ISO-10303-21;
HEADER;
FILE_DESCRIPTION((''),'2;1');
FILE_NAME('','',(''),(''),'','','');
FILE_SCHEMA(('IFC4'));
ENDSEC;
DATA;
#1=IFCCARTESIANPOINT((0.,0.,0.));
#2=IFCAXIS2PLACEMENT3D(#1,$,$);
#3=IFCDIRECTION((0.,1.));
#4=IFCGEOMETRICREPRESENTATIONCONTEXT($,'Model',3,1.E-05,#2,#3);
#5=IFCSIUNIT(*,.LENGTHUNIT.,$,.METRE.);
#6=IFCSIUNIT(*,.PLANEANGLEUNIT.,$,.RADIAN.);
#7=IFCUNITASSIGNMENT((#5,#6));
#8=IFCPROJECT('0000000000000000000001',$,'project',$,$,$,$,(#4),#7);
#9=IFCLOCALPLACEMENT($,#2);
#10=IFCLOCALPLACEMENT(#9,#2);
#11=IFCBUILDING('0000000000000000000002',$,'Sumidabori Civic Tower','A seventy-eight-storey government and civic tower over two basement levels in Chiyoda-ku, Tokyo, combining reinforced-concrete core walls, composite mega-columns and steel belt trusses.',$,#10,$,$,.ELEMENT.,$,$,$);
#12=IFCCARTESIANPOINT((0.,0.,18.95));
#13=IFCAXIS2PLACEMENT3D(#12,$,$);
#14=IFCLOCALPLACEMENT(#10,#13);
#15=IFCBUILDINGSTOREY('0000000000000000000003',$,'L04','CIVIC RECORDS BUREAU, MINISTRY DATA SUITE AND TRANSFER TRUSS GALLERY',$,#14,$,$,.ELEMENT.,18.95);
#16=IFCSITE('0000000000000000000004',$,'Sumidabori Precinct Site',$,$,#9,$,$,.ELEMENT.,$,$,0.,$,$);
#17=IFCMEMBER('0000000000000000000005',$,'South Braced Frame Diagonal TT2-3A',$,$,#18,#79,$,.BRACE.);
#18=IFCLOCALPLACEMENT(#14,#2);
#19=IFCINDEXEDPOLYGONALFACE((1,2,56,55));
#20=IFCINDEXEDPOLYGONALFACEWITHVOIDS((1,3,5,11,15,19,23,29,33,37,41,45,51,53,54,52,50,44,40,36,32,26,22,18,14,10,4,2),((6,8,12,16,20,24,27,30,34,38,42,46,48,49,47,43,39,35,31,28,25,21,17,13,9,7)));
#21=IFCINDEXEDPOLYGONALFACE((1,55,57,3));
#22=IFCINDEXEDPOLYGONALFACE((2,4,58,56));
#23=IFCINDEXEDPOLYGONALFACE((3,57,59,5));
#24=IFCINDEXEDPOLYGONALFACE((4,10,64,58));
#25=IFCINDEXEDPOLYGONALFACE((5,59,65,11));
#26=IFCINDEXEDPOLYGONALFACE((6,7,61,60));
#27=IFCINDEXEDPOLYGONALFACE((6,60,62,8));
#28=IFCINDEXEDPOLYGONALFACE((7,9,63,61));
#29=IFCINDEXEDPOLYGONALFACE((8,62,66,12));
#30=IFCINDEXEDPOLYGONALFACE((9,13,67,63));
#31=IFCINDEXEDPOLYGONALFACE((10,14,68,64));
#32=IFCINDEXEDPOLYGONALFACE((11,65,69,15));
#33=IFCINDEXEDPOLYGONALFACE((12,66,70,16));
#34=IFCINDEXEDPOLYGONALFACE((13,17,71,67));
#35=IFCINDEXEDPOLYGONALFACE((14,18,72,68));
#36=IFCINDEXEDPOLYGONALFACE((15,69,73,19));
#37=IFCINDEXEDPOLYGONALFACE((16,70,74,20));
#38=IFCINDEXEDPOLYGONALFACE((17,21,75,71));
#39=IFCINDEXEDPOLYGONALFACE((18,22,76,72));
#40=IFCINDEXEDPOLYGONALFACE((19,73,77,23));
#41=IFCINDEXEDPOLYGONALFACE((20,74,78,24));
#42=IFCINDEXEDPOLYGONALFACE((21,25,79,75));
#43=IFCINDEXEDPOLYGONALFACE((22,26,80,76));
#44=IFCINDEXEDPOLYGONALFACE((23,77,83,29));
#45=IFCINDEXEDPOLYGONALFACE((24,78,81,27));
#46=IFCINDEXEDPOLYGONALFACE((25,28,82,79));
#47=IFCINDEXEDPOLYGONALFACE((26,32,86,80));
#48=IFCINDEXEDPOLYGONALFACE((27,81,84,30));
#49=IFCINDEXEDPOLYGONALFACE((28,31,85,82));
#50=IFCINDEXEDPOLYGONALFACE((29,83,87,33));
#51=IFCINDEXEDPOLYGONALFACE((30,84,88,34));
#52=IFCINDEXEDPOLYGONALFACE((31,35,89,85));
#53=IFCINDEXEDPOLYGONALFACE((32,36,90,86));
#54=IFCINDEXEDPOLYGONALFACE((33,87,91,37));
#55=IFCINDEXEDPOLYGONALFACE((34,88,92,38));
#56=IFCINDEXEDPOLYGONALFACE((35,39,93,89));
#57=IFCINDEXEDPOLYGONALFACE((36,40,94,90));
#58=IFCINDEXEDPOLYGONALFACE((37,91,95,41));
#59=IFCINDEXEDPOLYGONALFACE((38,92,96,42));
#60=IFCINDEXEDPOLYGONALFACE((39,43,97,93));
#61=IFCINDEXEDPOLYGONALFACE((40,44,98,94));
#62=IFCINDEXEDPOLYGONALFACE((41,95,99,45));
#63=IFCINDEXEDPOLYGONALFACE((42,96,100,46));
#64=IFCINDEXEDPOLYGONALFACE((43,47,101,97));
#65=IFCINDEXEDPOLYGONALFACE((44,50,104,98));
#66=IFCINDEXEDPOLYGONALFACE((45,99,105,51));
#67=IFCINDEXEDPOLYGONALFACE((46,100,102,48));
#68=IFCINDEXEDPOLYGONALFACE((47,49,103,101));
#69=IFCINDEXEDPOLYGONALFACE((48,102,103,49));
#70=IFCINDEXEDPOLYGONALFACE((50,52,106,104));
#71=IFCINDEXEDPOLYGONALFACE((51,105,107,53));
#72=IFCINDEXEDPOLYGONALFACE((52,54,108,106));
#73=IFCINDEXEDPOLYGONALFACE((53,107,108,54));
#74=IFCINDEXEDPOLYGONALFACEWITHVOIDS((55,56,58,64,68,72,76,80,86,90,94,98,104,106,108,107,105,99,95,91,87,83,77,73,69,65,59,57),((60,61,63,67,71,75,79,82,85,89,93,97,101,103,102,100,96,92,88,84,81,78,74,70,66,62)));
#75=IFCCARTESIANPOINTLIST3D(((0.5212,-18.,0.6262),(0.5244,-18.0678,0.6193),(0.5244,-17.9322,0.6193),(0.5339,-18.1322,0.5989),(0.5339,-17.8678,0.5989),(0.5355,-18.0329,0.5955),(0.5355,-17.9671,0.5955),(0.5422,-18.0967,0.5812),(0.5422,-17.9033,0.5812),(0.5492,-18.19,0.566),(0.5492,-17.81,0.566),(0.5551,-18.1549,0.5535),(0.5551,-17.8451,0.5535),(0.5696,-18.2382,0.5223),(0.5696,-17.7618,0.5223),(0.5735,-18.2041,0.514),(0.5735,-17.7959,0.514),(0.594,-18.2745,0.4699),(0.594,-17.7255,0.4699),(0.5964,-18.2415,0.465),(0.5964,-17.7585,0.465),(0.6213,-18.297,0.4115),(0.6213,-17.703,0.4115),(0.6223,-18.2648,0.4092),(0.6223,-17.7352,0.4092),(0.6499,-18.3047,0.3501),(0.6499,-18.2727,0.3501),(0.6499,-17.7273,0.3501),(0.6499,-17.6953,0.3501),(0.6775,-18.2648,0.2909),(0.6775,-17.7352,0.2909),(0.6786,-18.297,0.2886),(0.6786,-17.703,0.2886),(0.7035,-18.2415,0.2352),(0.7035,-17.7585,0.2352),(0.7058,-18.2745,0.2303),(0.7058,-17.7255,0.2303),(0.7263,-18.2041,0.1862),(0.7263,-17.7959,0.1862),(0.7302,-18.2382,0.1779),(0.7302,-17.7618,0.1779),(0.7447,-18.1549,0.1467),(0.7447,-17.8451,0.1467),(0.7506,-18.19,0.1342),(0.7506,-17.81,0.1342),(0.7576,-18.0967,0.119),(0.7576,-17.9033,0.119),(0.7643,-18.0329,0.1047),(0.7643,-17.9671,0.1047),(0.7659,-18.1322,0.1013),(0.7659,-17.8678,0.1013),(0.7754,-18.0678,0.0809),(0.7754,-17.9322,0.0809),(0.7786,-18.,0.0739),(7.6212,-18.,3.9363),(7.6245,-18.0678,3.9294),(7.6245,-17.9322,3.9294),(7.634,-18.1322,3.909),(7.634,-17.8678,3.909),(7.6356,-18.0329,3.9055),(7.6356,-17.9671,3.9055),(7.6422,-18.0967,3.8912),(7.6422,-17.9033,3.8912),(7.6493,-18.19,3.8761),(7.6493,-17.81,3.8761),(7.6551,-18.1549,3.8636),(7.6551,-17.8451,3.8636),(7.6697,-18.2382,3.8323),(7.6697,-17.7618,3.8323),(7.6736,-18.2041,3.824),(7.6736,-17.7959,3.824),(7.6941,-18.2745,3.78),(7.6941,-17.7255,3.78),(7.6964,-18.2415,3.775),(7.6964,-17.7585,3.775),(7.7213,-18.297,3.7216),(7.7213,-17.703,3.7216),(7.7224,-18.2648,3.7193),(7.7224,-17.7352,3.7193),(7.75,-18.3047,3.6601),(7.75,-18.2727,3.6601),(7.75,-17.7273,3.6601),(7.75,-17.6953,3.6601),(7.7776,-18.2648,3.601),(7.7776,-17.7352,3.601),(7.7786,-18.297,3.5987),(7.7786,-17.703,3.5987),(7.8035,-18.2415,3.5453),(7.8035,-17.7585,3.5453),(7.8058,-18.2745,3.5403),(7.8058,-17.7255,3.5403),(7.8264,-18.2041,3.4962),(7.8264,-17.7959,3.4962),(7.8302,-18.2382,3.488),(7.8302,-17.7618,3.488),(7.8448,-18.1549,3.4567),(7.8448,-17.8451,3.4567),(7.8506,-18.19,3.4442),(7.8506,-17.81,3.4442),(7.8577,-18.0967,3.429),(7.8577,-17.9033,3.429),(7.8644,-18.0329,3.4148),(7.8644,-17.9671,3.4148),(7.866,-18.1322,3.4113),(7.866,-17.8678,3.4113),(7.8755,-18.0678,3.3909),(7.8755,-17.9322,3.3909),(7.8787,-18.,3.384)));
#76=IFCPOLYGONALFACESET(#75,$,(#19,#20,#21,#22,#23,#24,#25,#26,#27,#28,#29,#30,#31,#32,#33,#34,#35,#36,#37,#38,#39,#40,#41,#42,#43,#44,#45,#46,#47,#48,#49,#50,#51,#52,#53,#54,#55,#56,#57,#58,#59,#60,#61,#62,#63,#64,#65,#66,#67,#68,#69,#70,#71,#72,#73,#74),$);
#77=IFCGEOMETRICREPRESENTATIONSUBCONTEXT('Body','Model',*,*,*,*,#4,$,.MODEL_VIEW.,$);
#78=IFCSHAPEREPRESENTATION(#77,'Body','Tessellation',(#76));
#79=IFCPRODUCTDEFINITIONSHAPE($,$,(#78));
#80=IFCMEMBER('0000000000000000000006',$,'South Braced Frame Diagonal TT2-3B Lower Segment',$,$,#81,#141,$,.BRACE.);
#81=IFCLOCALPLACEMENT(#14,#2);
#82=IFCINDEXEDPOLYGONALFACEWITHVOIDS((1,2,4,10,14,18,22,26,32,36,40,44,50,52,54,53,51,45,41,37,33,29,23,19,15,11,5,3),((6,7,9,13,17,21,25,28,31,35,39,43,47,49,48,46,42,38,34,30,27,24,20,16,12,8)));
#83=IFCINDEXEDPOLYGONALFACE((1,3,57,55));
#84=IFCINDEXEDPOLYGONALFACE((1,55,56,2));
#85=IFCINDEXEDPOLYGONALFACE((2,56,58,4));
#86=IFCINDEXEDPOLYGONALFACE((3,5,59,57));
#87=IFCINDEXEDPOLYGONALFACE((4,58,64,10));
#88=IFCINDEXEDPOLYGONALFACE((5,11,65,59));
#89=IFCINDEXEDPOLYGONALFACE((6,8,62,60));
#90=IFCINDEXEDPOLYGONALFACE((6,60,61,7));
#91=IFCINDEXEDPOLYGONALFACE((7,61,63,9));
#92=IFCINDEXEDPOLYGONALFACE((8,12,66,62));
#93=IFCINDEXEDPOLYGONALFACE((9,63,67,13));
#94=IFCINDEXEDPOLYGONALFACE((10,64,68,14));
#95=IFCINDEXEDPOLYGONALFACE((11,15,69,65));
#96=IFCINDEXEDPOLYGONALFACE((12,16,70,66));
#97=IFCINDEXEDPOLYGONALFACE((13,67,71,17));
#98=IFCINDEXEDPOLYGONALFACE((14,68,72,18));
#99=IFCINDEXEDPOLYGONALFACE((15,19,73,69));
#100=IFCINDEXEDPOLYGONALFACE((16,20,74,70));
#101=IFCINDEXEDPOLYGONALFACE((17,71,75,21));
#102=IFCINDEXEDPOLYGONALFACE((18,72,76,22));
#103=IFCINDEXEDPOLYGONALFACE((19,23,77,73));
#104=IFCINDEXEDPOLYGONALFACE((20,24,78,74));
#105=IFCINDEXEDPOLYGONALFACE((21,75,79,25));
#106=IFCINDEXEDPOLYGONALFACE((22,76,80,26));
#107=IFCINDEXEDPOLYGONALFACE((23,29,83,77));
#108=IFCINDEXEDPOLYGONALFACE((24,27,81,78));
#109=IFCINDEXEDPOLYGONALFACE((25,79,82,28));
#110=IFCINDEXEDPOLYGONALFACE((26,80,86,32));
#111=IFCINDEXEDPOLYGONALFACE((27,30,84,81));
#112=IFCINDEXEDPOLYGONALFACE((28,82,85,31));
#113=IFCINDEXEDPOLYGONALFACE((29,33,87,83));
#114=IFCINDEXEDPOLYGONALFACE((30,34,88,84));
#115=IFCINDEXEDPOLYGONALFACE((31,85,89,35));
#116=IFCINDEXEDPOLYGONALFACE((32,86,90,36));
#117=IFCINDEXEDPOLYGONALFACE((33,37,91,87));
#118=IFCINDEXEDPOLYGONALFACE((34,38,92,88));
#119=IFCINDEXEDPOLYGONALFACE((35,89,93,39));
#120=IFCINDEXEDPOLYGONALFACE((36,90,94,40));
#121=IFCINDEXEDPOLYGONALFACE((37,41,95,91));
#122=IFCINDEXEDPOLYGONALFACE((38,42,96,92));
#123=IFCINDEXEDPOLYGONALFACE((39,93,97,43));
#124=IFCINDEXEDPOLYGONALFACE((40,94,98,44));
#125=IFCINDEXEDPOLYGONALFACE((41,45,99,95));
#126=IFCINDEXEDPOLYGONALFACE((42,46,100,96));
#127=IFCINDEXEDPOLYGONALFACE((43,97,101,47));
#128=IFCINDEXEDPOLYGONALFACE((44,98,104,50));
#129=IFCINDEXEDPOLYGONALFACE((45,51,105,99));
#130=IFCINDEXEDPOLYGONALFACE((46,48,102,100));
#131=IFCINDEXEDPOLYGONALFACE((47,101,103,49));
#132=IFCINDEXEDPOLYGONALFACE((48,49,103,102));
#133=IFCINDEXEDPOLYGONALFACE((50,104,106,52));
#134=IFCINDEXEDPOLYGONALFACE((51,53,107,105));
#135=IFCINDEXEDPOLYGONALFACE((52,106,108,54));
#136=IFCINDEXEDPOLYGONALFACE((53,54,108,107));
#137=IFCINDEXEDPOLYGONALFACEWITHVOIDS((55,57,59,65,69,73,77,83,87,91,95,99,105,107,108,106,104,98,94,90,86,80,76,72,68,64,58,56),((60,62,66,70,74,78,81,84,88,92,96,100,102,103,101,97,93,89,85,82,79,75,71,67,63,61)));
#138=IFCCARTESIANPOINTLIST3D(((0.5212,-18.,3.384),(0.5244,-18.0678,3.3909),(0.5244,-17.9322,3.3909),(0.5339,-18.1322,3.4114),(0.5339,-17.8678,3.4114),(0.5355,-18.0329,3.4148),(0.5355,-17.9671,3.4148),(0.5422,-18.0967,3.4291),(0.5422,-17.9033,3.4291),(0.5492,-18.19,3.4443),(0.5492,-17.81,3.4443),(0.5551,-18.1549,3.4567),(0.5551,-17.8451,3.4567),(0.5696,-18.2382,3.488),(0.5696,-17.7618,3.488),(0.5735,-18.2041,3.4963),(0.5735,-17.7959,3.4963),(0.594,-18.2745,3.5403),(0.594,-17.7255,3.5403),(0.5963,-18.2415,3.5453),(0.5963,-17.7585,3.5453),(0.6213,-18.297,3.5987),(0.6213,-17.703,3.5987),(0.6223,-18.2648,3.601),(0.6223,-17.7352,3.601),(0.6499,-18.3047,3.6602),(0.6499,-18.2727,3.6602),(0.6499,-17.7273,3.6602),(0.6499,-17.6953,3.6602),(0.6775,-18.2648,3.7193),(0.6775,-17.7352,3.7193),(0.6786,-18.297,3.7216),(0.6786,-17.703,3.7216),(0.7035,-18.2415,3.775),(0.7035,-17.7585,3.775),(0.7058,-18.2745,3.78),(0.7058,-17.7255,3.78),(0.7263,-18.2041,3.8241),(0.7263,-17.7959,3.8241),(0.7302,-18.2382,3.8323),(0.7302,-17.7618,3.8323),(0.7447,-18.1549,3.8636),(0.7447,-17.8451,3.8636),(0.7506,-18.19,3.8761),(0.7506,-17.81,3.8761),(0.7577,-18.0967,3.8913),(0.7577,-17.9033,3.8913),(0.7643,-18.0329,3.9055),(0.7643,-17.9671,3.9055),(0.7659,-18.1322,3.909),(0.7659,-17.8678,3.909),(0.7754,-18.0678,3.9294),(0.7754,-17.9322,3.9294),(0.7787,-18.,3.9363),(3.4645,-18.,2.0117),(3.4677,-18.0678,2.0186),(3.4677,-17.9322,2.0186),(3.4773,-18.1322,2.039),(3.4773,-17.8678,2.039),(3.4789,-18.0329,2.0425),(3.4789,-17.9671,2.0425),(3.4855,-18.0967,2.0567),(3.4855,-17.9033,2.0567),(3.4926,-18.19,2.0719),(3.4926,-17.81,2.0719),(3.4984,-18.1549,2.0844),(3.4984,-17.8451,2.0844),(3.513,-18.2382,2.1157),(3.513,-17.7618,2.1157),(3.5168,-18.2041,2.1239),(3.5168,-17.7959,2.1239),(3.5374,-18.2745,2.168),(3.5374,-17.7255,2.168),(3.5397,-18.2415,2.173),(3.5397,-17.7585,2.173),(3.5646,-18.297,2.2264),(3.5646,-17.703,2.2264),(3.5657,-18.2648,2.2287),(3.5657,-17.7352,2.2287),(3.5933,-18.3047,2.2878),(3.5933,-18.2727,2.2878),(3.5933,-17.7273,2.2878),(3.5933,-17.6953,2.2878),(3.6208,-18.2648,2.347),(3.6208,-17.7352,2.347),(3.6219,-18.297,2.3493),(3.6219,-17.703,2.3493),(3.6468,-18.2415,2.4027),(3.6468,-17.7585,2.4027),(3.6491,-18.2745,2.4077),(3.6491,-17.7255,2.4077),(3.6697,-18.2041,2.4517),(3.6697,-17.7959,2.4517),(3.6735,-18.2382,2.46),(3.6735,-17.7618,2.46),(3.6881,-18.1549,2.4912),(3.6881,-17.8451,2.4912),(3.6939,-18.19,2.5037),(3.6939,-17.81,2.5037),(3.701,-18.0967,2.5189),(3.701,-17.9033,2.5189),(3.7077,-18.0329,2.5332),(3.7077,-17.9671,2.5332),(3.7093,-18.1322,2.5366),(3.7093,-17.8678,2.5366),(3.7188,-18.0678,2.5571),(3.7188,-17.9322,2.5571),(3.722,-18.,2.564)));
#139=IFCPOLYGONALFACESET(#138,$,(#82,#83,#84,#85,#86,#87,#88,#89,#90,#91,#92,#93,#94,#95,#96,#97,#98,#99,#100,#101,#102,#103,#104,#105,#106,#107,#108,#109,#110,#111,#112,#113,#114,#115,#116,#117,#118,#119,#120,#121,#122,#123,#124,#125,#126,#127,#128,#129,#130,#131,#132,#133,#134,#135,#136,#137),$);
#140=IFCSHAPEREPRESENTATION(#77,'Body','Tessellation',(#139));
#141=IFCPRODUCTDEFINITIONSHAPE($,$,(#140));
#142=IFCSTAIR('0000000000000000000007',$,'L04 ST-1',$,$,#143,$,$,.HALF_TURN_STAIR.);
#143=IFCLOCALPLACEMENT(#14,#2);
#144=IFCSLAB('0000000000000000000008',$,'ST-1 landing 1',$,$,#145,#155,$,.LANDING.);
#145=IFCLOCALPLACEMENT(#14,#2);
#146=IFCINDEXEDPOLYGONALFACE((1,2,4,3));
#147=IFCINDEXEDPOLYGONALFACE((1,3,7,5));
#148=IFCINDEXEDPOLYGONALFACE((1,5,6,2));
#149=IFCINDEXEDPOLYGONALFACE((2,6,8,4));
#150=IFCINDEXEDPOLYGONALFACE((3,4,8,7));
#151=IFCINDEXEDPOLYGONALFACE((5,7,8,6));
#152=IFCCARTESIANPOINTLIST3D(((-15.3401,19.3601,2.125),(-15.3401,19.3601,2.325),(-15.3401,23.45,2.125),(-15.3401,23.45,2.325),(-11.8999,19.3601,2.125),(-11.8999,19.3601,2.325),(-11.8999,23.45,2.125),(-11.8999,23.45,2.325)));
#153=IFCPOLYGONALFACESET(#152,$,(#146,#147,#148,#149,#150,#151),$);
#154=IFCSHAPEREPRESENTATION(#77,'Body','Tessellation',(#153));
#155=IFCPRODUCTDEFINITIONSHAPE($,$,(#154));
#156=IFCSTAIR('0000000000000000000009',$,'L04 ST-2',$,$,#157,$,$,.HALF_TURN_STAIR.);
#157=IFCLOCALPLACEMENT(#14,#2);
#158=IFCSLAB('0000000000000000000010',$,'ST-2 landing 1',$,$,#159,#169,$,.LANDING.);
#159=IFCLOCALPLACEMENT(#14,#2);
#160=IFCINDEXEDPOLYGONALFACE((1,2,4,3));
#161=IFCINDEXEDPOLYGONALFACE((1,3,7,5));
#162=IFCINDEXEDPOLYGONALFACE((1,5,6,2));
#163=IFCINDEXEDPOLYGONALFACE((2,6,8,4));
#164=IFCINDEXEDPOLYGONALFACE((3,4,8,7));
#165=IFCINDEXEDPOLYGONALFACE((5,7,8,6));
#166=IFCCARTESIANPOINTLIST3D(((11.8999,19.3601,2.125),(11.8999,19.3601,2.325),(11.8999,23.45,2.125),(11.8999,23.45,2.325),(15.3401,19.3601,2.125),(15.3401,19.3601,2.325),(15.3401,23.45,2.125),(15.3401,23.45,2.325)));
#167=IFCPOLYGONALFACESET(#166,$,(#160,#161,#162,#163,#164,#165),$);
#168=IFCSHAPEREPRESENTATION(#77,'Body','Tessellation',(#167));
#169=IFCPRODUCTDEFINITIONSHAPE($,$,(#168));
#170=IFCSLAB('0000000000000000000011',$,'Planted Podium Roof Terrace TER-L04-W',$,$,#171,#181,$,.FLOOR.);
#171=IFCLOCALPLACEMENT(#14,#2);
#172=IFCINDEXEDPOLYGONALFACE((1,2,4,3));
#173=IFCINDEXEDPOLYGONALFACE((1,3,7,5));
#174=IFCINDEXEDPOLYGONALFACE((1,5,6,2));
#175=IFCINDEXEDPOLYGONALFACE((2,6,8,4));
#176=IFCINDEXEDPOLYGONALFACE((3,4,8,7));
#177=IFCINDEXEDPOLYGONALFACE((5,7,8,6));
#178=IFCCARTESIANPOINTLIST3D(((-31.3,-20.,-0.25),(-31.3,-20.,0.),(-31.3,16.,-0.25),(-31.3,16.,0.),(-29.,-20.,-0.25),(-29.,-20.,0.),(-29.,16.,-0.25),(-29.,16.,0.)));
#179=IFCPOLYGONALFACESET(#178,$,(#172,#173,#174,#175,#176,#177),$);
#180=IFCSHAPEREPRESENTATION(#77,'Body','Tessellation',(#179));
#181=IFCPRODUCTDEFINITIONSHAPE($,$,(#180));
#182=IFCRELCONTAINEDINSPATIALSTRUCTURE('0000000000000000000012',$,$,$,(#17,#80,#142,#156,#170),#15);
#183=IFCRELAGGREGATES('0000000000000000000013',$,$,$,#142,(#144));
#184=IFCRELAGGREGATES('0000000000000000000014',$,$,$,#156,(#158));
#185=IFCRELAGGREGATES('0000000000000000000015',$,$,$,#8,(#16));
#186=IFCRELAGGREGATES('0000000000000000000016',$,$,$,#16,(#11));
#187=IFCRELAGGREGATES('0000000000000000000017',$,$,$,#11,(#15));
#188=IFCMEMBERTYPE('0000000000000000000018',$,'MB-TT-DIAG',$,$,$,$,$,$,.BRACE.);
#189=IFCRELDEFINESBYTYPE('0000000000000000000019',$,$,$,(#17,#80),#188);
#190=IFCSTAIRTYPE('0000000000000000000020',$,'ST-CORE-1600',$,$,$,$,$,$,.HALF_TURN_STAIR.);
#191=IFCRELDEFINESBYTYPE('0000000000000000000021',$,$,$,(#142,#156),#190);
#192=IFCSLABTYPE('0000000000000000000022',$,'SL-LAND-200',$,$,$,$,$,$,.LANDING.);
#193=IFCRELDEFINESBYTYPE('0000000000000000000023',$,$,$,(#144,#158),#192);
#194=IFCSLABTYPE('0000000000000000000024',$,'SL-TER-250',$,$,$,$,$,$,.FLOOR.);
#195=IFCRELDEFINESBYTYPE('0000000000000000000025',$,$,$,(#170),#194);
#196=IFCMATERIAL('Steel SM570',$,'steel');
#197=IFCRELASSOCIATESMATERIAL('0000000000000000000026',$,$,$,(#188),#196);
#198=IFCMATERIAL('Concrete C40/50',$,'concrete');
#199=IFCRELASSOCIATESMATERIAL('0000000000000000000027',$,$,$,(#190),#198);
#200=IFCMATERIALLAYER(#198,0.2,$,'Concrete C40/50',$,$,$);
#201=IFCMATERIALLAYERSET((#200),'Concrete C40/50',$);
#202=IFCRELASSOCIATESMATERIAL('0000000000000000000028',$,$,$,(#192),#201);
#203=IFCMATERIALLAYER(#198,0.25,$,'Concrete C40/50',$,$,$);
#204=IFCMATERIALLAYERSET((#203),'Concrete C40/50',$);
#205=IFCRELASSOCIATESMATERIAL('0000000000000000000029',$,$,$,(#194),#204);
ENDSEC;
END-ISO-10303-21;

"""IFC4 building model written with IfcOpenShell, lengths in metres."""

from ifc_helpers import new_model, si_unit, direction, frame, origin, origin_2d, place, context, subcontext, project, spatial, polyline, hollow_circle, outline, extrude, source, transform, mapped, material, layer, layer_set, material_profile, profile_set, type_object, element, aggregate, save


model = new_model("IFC4")

# Units and contexts
model_context = context("Model", 3, precision=1e-05, world=origin(), true_north=direction((0.0, 1.0)))
body_context = subcontext(model_context, "Body", "Model", "MODEL_VIEW")
ifc_project = project(units=[si_unit("LENGTHUNIT", "METRE"), si_unit("PLANEANGLEUNIT", "RADIAN")], contexts=[model_context])

# Site, building, storey
site_placement = place(None, origin())
site = spatial("IfcSite", under=ifc_project, at=site_placement, Name="Sumidabori Precinct Site", CompositionType="ELEMENT", RefElevation=0.0)
building_placement = place(site_placement, origin())
building = spatial("IfcBuilding", under=site, at=building_placement, Name="Sumidabori Civic Tower", Description="A seventy-eight-storey government and civic tower over two basement levels in Chiyoda-ku, Tokyo, combining reinforced-concrete core walls, composite mega-columns and steel belt trusses.", CompositionType="ELEMENT")
storey_placement = place(building_placement, frame((0.0, 0.0, 18.95)))
storey = spatial("IfcBuildingStorey", under=building, at=storey_placement, Name="L04", Description="CIVIC RECORDS BUREAU, MINISTRY DATA SUITE AND TRANSFER TRUSS GALLERY", CompositionType="ELEMENT", Elevation=18.95)

# Shared definitions
ifc_material_1 = material(Name="Steel SM570", Category="steel")

# Members
ifc_material_profile_1 = material_profile(ifc_material_1, hollow_circle(Radius=0.3047, WallThickness=0.032, at=origin_2d()), Name="CHS 609.6x32")
ifc_profile_set_1 = profile_set([ifc_material_profile_1], Name="Steel SM570")
member_type = type_object("IfcMemberType", Name="MB-TT-DIAG", PredefinedType="BRACE", material=ifc_profile_set_1)
shared_shape_1 = source(origin(), body_context, "Body", "SweptSolid", [
    extrude(hollow_circle(Radius=0.3047, WallThickness=0.032, at=origin_2d()), origin(), (0.0, 0.0, 1.0), 7.8337),
])
member_1_placement = place(storey_placement, frame((0.6499, -18.0, 0.3501), z_axis=(0.906345, 0.0, 0.422537), x_axis=(0.0, 1.0, 0.0)))
element("IfcMember", 1, at=member_1_placement, inside=storey, type_object=member_type, Name="South Braced Frame Diagonal TT2-3A", PredefinedType="BRACE", context=body_context, shape_type="MappedRepresentation", body=[
    mapped(shared_shape_1, transform((0.0, 0.0, 0.0), x_axis=(1.0, 0.0, 0.0), y_axis=(0.0, 1.0, 0.0), z_axis=(0.0, 0.0, 1.0), scale=1.0)),
])
shared_shape_2 = source(origin(), body_context, "Body", "SweptSolid", [
    extrude(hollow_circle(Radius=0.3047, WallThickness=0.032, at=origin_2d()), origin(), (0.0, 0.0, 1.0), 3.2476),
])
member_2_placement = place(storey_placement, frame((0.6499, -18.0, 3.6602), z_axis=(0.906331, 0.0, -0.422569), x_axis=(0.0, 1.0, 0.0)))
element("IfcMember", 2, at=member_2_placement, inside=storey, type_object=member_type, Name="South Braced Frame Diagonal TT2-3B Lower Segment", PredefinedType="BRACE", context=body_context, shape_type="MappedRepresentation", body=[
    mapped(shared_shape_2, transform((0.0, 0.0, 0.0), x_axis=(1.0, 0.0, 0.0), y_axis=(0.0, 1.0, 0.0), z_axis=(0.0, 0.0, 1.0), scale=1.0)),
])

# Stairs, slabs
ifc_material_2 = material(Name="Concrete C40/50", Category="concrete")
stair_type = type_object("IfcStairType", Name="ST-CORE-1600", PredefinedType="HALF_TURN_STAIR", material=ifc_material_2)
stair_1_placement = place(storey_placement, origin())
stair_1 = element("IfcStair", 3, at=stair_1_placement, inside=storey, type_object=stair_type, Name="L04 ST-1", PredefinedType="HALF_TURN_STAIR")
ifc_layer_1 = layer(ifc_material_2, 0.2, Name="Concrete C40/50")
ifc_layer_set_1 = layer_set([ifc_layer_1], Name="Concrete C40/50")
slab_type_1 = type_object("IfcSlabType", Name="SL-LAND-200", PredefinedType="LANDING", material=ifc_layer_set_1)
slab_1_placement = place(storey_placement, frame((0.0, 0.0, 2.125)))
slab_1 = element("IfcSlab", 4, at=slab_1_placement, type_object=slab_type_1, Name="ST-1 landing 1", PredefinedType="LANDING", context=body_context, shape_type="SweptSolid", body=[
    extrude(outline(polyline([(-11.8999, 19.3601), (-11.8999, 23.45), (-15.3401, 23.45), (-15.3401, 19.3601), (-11.8999, 19.3601)])), origin(), (0.0, 0.0, 1.0), 0.2),
])
aggregate(stair_1, [slab_1])
stair_2_placement = place(storey_placement, origin())
stair_2 = element("IfcStair", 5, at=stair_2_placement, inside=storey, type_object=stair_type, Name="L04 ST-2", PredefinedType="HALF_TURN_STAIR")
slab_2_placement = place(storey_placement, frame((0.0, 0.0, 2.125)))
slab_2 = element("IfcSlab", 6, at=slab_2_placement, type_object=slab_type_1, Name="ST-2 landing 1", PredefinedType="LANDING", context=body_context, shape_type="SweptSolid", body=[
    extrude(outline(polyline([(15.3401, 19.3601), (15.3401, 23.45), (11.8999, 23.45), (11.8999, 19.3601), (15.3401, 19.3601)])), origin(), (0.0, 0.0, 1.0), 0.2),
])
aggregate(stair_2, [slab_2])

# Slab
ifc_layer_2 = layer(ifc_material_2, 0.25, Name="Concrete C40/50")
ifc_layer_set_2 = layer_set([ifc_layer_2], Name="Concrete C40/50")
slab_type_2 = type_object("IfcSlabType", Name="SL-TER-250", PredefinedType="FLOOR", material=ifc_layer_set_2)
slab_3_placement = place(storey_placement, frame((0.0, 0.0, -0.25)))
element("IfcSlab", 7, at=slab_3_placement, inside=storey, type_object=slab_type_2, Name="Planted Podium Roof Terrace TER-L04-W", PredefinedType="FLOOR", context=body_context, shape_type="SweptSolid", body=[
    extrude(outline(polyline([(-31.3, -20.0), (-29.0, -20.0), (-29.0, 16.0), (-31.3, 16.0), (-31.3, -20.0)])), origin(), (0.0, 0.0, 1.0), 0.25),
])

save(model, "model.ifc")
